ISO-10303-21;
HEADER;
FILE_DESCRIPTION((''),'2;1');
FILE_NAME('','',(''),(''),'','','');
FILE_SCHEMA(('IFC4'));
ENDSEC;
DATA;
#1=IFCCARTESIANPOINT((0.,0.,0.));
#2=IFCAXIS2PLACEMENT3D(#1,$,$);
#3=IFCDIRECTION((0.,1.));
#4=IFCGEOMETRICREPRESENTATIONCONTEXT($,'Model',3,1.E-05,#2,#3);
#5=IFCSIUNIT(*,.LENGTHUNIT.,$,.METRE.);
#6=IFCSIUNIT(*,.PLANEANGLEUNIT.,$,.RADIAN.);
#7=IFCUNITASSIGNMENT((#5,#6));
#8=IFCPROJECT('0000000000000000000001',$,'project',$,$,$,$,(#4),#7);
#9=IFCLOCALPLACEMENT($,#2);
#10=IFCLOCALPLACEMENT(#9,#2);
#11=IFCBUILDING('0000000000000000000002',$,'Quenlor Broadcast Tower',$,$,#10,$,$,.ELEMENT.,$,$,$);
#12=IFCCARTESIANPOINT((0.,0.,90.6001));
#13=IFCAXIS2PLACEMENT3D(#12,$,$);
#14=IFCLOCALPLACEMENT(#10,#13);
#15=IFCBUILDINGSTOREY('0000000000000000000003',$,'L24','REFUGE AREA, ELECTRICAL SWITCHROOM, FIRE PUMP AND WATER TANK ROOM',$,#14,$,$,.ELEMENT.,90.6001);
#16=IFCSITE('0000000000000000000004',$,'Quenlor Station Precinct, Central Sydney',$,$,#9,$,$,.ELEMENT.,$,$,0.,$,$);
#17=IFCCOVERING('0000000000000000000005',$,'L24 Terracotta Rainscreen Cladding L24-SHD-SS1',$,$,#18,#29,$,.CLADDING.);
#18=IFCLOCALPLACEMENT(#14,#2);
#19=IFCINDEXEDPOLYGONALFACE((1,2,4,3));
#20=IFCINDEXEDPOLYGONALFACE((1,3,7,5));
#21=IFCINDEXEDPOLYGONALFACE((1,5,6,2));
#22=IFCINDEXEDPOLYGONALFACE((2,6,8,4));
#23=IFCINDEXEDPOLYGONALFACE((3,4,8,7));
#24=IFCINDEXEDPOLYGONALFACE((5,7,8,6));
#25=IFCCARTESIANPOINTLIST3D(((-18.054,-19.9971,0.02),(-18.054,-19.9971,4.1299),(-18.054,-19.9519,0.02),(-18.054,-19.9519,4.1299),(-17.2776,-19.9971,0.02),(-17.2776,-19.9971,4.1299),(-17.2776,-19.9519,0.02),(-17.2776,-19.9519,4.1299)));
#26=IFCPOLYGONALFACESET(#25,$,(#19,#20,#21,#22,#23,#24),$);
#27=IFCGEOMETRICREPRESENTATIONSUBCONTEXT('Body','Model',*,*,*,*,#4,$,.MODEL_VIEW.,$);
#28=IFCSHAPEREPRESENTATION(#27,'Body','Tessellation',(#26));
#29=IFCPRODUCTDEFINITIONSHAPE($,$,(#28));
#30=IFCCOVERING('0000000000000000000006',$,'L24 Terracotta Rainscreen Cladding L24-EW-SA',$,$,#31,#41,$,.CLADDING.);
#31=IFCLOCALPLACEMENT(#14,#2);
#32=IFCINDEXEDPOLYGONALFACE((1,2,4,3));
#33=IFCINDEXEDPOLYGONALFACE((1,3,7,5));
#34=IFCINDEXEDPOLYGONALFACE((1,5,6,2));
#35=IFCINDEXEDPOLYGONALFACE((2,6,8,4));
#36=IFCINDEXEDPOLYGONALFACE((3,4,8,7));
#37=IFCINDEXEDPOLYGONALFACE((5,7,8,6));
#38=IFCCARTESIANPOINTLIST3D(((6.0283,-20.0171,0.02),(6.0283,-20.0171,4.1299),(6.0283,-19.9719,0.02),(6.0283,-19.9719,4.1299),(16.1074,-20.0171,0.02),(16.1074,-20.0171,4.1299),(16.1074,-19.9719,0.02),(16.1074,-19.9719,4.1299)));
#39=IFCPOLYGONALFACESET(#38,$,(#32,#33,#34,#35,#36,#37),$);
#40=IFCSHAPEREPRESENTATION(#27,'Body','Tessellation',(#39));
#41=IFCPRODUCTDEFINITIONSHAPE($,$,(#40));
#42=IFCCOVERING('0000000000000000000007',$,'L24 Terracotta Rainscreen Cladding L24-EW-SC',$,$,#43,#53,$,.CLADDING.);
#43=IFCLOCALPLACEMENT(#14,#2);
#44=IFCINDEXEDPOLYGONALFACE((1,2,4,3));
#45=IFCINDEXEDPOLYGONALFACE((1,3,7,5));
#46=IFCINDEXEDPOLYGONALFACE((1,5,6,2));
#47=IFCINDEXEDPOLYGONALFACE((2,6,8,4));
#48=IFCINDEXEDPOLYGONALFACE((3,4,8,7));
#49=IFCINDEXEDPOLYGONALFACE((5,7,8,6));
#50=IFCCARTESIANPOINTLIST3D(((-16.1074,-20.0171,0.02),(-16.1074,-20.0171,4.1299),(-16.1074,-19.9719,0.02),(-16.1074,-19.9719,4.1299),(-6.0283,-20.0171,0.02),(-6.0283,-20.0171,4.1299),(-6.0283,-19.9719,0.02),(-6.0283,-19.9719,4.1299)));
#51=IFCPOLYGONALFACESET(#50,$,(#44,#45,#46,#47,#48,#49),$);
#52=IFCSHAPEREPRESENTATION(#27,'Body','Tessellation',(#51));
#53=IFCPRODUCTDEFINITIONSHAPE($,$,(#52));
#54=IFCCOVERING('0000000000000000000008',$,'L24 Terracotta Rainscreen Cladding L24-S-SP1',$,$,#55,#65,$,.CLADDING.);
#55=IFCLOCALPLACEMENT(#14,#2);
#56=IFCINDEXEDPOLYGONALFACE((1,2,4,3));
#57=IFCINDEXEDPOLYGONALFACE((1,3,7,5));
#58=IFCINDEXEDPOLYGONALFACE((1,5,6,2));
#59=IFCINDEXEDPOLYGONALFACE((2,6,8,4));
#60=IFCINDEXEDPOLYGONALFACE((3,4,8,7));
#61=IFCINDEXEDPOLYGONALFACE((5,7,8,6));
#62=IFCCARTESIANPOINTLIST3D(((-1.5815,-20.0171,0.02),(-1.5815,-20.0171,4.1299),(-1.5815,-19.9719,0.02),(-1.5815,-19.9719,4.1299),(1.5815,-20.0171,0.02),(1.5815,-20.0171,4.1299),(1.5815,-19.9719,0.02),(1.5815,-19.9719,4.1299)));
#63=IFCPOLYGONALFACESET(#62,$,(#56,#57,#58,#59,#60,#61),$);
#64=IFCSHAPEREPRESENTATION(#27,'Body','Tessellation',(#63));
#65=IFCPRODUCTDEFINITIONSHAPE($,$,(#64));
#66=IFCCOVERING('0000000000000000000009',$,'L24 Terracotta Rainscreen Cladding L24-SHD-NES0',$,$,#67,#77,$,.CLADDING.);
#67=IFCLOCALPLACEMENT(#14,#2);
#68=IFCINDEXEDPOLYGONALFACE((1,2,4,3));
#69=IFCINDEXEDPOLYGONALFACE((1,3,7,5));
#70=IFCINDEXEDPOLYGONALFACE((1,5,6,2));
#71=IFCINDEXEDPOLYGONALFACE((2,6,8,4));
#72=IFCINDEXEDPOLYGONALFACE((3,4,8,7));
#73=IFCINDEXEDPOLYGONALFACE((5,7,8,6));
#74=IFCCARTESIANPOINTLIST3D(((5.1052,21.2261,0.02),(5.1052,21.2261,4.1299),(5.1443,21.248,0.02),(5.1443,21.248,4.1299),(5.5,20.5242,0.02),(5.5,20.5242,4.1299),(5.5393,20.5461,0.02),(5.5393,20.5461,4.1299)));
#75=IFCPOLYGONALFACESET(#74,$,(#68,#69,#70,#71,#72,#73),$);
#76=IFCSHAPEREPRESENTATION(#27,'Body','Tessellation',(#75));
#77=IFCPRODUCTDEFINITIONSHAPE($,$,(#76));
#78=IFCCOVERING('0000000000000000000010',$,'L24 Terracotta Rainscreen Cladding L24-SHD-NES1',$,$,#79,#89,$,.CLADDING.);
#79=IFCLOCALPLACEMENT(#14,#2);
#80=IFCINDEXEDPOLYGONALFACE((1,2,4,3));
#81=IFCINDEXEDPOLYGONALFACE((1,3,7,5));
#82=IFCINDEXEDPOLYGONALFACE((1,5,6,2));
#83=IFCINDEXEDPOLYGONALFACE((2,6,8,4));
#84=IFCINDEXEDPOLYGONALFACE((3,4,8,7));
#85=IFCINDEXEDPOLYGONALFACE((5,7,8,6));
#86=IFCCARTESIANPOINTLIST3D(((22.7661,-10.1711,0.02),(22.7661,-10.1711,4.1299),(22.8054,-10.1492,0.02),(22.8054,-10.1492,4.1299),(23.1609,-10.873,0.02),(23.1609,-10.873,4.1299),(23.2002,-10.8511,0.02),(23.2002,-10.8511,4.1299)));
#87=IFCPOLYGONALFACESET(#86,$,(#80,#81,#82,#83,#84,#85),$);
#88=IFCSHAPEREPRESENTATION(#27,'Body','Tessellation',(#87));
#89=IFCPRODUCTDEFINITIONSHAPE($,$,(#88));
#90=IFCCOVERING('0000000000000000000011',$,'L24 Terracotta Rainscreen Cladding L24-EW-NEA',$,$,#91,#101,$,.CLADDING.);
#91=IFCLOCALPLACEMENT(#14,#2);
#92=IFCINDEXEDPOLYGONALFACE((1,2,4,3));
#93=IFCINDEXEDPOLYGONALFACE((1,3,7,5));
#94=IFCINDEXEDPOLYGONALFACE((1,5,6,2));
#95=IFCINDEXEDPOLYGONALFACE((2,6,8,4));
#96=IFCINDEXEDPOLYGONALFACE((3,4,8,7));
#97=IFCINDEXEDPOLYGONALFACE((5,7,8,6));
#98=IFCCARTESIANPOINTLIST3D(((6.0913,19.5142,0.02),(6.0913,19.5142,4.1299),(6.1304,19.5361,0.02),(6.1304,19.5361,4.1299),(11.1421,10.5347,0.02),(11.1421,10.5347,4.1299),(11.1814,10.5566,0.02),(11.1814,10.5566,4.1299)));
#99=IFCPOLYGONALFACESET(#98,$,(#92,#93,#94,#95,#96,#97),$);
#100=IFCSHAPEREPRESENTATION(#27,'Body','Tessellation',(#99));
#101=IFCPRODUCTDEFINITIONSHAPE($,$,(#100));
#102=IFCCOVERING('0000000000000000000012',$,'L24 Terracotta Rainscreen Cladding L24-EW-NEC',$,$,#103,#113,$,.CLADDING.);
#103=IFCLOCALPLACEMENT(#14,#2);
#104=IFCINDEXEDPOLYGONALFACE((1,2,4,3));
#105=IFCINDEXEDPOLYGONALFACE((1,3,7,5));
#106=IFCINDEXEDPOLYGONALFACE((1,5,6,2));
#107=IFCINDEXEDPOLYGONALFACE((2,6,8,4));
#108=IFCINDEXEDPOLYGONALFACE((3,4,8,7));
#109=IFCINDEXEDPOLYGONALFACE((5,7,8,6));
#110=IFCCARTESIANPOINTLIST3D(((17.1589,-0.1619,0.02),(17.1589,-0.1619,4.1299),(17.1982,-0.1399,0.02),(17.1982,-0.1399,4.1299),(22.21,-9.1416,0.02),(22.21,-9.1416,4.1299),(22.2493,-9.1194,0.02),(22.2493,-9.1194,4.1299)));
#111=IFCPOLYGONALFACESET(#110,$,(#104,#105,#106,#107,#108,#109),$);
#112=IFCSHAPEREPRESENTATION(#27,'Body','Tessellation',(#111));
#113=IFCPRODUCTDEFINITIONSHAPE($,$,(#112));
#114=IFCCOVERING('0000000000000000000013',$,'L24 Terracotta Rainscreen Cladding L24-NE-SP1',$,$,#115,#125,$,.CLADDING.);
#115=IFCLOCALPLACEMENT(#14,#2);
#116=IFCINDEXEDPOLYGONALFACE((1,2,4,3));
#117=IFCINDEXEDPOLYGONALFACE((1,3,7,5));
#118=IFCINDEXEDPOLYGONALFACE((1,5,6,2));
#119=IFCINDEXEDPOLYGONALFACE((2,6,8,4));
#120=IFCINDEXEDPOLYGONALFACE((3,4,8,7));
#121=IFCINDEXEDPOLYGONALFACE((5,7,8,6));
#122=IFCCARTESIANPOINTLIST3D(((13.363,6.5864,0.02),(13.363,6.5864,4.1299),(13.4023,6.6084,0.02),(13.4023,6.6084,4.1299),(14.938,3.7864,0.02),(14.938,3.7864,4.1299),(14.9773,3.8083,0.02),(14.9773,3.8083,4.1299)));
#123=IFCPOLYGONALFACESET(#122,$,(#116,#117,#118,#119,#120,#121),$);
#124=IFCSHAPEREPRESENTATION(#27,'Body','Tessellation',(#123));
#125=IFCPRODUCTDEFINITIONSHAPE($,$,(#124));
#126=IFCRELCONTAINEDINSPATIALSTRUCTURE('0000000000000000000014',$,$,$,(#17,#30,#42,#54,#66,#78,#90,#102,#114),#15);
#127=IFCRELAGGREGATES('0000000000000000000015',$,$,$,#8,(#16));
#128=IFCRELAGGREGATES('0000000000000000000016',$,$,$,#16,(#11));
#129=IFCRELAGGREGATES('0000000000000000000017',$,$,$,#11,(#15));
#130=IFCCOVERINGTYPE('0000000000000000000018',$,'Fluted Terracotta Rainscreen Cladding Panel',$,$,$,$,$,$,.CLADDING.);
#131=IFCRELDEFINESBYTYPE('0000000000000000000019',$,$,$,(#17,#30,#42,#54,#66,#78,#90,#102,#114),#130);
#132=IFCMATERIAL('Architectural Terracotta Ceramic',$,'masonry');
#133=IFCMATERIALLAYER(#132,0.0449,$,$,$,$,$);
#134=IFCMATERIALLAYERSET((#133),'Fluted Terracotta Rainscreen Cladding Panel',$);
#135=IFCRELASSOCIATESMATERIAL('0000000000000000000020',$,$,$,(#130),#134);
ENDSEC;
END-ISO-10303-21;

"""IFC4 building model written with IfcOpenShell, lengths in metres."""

from ifc_helpers import new_model, si_unit, direction, frame, origin, place, context, subcontext, project, spatial, polyline, outline, extrude, material, layer, layer_set, type_object, element, save


model = new_model("IFC4")

# Units and contexts
model_context = context("Model", 3, precision=1e-05, world=origin(), true_north=direction((0.0, 1.0)))
body_context = subcontext(model_context, "Body", "Model", "MODEL_VIEW")
ifc_project = project(units=[si_unit("LENGTHUNIT", "METRE"), si_unit("PLANEANGLEUNIT", "RADIAN")], contexts=[model_context])

# Site, building, storey
site_placement = place(None, origin())
site = spatial("IfcSite", under=ifc_project, at=site_placement, Name="Quenlor Station Precinct, Central Sydney", CompositionType="ELEMENT", RefElevation=0.0)
building_placement = place(site_placement, origin())
building = spatial("IfcBuilding", under=site, at=building_placement, Name="Quenlor Broadcast Tower", CompositionType="ELEMENT")
storey_placement = place(building_placement, frame((0.0, 0.0, 90.6001)))
storey = spatial("IfcBuildingStorey", under=building, at=storey_placement, Name="L24", Description="REFUGE AREA, ELECTRICAL SWITCHROOM, FIRE PUMP AND WATER TANK ROOM", CompositionType="ELEMENT", Elevation=90.6001)

# Coverings
ifc_material_1 = material(Name="Architectural Terracotta Ceramic", Category="masonry")
ifc_layer_1 = layer(ifc_material_1, 0.0449)
ifc_layer_set_1 = layer_set([ifc_layer_1], Name="Fluted Terracotta Rainscreen Cladding Panel")
covering_type = type_object("IfcCoveringType", Name="Fluted Terracotta Rainscreen Cladding Panel", PredefinedType="CLADDING", material=ifc_layer_set_1)
covering_1_placement = place(storey_placement, frame((0.0, 0.0, 0.02)))
element("IfcCovering", 1, at=covering_1_placement, inside=storey, type_object=covering_type, Name="L24 Terracotta Rainscreen Cladding L24-SHD-SS1", PredefinedType="CLADDING", context=body_context, shape_type="SweptSolid", body=[
    extrude(outline(polyline([(-17.2776, -19.9519), (-18.054, -19.9519), (-18.054, -19.9971), (-17.2776, -19.9971), (-17.2776, -19.9519)])), origin(), (0.0, 0.0, 1.0), 4.1099),
])
covering_2_placement = place(storey_placement, frame((0.0, 0.0, 0.02)))
element("IfcCovering", 2, at=covering_2_placement, inside=storey, type_object=covering_type, Name="L24 Terracotta Rainscreen Cladding L24-EW-SA", PredefinedType="CLADDING", context=body_context, shape_type="SweptSolid", body=[
    extrude(outline(polyline([(16.1074, -19.9719), (6.0283, -19.9719), (6.0283, -20.0171), (16.1074, -20.0171), (16.1074, -19.9719)])), origin(), (0.0, 0.0, 1.0), 4.1099),
])
covering_3_placement = place(storey_placement, frame((0.0, 0.0, 0.02)))
element("IfcCovering", 3, at=covering_3_placement, inside=storey, type_object=covering_type, Name="L24 Terracotta Rainscreen Cladding L24-EW-SC", PredefinedType="CLADDING", context=body_context, shape_type="SweptSolid", body=[
    extrude(outline(polyline([(-6.0283, -19.9719), (-16.1074, -19.9719), (-16.1074, -20.0171), (-6.0283, -20.0171), (-6.0283, -19.9719)])), origin(), (0.0, 0.0, 1.0), 4.1099),
])
covering_4_placement = place(storey_placement, frame((0.0, 0.0, 0.02)))
element("IfcCovering", 4, at=covering_4_placement, inside=storey, type_object=covering_type, Name="L24 Terracotta Rainscreen Cladding L24-S-SP1", PredefinedType="CLADDING", context=body_context, shape_type="SweptSolid", body=[
    extrude(outline(polyline([(1.5815, -19.9719), (-1.5815, -19.9719), (-1.5815, -20.0171), (1.5815, -20.0171), (1.5815, -19.9719)])), origin(), (0.0, 0.0, 1.0), 4.1099),
])
covering_5_placement = place(storey_placement, frame((0.0, 0.0, 0.02)))
element("IfcCovering", 5, at=covering_5_placement, inside=storey, type_object=covering_type, Name="L24 Terracotta Rainscreen Cladding L24-SHD-NES0", PredefinedType="CLADDING", context=body_context, shape_type="SweptSolid", body=[
    extrude(outline(polyline([(5.1052, 21.2261), (5.5, 20.5242), (5.5393, 20.5461), (5.1443, 21.248), (5.1052, 21.2261)])), origin(), (0.0, 0.0, 1.0), 4.1099),
])
covering_6_placement = place(storey_placement, frame((0.0, 0.0, 0.02)))
element("IfcCovering", 6, at=covering_6_placement, inside=storey, type_object=covering_type, Name="L24 Terracotta Rainscreen Cladding L24-SHD-NES1", PredefinedType="CLADDING", context=body_context, shape_type="SweptSolid", body=[
    extrude(outline(polyline([(22.7661, -10.1711), (23.1609, -10.873), (23.2002, -10.8511), (22.8054, -10.1492), (22.7661, -10.1711)])), origin(), (0.0, 0.0, 1.0), 4.1099),
])
covering_7_placement = place(storey_placement, frame((0.0, 0.0, 0.02)))
element("IfcCovering", 7, at=covering_7_placement, inside=storey, type_object=covering_type, Name="L24 Terracotta Rainscreen Cladding L24-EW-NEA", PredefinedType="CLADDING", context=body_context, shape_type="SweptSolid", body=[
    extrude(outline(polyline([(6.0913, 19.5142), (11.1421, 10.5347), (11.1814, 10.5566), (6.1304, 19.5361), (6.0913, 19.5142)])), origin(), (0.0, 0.0, 1.0), 4.1099),
])
covering_8_placement = place(storey_placement, frame((0.0, 0.0, 0.02)))
element("IfcCovering", 8, at=covering_8_placement, inside=storey, type_object=covering_type, Name="L24 Terracotta Rainscreen Cladding L24-EW-NEC", PredefinedType="CLADDING", context=body_context, shape_type="SweptSolid", body=[
    extrude(outline(polyline([(17.1589, -0.1619), (22.21, -9.1416), (22.2493, -9.1194), (17.1982, -0.1399), (17.1589, -0.1619)])), origin(), (0.0, 0.0, 1.0), 4.1099),
])
covering_9_placement = place(storey_placement, frame((0.0, 0.0, 0.02)))
element("IfcCovering", 9, at=covering_9_placement, inside=storey, type_object=covering_type, Name="L24 Terracotta Rainscreen Cladding L24-NE-SP1", PredefinedType="CLADDING", context=body_context, shape_type="SweptSolid", body=[
    extrude(outline(polyline([(13.363, 6.5864), (14.938, 3.7864), (14.9773, 3.8083), (13.4023, 6.6084), (13.363, 6.5864)])), origin(), (0.0, 0.0, 1.0), 4.1099),
])

save(model, "model.ifc")
